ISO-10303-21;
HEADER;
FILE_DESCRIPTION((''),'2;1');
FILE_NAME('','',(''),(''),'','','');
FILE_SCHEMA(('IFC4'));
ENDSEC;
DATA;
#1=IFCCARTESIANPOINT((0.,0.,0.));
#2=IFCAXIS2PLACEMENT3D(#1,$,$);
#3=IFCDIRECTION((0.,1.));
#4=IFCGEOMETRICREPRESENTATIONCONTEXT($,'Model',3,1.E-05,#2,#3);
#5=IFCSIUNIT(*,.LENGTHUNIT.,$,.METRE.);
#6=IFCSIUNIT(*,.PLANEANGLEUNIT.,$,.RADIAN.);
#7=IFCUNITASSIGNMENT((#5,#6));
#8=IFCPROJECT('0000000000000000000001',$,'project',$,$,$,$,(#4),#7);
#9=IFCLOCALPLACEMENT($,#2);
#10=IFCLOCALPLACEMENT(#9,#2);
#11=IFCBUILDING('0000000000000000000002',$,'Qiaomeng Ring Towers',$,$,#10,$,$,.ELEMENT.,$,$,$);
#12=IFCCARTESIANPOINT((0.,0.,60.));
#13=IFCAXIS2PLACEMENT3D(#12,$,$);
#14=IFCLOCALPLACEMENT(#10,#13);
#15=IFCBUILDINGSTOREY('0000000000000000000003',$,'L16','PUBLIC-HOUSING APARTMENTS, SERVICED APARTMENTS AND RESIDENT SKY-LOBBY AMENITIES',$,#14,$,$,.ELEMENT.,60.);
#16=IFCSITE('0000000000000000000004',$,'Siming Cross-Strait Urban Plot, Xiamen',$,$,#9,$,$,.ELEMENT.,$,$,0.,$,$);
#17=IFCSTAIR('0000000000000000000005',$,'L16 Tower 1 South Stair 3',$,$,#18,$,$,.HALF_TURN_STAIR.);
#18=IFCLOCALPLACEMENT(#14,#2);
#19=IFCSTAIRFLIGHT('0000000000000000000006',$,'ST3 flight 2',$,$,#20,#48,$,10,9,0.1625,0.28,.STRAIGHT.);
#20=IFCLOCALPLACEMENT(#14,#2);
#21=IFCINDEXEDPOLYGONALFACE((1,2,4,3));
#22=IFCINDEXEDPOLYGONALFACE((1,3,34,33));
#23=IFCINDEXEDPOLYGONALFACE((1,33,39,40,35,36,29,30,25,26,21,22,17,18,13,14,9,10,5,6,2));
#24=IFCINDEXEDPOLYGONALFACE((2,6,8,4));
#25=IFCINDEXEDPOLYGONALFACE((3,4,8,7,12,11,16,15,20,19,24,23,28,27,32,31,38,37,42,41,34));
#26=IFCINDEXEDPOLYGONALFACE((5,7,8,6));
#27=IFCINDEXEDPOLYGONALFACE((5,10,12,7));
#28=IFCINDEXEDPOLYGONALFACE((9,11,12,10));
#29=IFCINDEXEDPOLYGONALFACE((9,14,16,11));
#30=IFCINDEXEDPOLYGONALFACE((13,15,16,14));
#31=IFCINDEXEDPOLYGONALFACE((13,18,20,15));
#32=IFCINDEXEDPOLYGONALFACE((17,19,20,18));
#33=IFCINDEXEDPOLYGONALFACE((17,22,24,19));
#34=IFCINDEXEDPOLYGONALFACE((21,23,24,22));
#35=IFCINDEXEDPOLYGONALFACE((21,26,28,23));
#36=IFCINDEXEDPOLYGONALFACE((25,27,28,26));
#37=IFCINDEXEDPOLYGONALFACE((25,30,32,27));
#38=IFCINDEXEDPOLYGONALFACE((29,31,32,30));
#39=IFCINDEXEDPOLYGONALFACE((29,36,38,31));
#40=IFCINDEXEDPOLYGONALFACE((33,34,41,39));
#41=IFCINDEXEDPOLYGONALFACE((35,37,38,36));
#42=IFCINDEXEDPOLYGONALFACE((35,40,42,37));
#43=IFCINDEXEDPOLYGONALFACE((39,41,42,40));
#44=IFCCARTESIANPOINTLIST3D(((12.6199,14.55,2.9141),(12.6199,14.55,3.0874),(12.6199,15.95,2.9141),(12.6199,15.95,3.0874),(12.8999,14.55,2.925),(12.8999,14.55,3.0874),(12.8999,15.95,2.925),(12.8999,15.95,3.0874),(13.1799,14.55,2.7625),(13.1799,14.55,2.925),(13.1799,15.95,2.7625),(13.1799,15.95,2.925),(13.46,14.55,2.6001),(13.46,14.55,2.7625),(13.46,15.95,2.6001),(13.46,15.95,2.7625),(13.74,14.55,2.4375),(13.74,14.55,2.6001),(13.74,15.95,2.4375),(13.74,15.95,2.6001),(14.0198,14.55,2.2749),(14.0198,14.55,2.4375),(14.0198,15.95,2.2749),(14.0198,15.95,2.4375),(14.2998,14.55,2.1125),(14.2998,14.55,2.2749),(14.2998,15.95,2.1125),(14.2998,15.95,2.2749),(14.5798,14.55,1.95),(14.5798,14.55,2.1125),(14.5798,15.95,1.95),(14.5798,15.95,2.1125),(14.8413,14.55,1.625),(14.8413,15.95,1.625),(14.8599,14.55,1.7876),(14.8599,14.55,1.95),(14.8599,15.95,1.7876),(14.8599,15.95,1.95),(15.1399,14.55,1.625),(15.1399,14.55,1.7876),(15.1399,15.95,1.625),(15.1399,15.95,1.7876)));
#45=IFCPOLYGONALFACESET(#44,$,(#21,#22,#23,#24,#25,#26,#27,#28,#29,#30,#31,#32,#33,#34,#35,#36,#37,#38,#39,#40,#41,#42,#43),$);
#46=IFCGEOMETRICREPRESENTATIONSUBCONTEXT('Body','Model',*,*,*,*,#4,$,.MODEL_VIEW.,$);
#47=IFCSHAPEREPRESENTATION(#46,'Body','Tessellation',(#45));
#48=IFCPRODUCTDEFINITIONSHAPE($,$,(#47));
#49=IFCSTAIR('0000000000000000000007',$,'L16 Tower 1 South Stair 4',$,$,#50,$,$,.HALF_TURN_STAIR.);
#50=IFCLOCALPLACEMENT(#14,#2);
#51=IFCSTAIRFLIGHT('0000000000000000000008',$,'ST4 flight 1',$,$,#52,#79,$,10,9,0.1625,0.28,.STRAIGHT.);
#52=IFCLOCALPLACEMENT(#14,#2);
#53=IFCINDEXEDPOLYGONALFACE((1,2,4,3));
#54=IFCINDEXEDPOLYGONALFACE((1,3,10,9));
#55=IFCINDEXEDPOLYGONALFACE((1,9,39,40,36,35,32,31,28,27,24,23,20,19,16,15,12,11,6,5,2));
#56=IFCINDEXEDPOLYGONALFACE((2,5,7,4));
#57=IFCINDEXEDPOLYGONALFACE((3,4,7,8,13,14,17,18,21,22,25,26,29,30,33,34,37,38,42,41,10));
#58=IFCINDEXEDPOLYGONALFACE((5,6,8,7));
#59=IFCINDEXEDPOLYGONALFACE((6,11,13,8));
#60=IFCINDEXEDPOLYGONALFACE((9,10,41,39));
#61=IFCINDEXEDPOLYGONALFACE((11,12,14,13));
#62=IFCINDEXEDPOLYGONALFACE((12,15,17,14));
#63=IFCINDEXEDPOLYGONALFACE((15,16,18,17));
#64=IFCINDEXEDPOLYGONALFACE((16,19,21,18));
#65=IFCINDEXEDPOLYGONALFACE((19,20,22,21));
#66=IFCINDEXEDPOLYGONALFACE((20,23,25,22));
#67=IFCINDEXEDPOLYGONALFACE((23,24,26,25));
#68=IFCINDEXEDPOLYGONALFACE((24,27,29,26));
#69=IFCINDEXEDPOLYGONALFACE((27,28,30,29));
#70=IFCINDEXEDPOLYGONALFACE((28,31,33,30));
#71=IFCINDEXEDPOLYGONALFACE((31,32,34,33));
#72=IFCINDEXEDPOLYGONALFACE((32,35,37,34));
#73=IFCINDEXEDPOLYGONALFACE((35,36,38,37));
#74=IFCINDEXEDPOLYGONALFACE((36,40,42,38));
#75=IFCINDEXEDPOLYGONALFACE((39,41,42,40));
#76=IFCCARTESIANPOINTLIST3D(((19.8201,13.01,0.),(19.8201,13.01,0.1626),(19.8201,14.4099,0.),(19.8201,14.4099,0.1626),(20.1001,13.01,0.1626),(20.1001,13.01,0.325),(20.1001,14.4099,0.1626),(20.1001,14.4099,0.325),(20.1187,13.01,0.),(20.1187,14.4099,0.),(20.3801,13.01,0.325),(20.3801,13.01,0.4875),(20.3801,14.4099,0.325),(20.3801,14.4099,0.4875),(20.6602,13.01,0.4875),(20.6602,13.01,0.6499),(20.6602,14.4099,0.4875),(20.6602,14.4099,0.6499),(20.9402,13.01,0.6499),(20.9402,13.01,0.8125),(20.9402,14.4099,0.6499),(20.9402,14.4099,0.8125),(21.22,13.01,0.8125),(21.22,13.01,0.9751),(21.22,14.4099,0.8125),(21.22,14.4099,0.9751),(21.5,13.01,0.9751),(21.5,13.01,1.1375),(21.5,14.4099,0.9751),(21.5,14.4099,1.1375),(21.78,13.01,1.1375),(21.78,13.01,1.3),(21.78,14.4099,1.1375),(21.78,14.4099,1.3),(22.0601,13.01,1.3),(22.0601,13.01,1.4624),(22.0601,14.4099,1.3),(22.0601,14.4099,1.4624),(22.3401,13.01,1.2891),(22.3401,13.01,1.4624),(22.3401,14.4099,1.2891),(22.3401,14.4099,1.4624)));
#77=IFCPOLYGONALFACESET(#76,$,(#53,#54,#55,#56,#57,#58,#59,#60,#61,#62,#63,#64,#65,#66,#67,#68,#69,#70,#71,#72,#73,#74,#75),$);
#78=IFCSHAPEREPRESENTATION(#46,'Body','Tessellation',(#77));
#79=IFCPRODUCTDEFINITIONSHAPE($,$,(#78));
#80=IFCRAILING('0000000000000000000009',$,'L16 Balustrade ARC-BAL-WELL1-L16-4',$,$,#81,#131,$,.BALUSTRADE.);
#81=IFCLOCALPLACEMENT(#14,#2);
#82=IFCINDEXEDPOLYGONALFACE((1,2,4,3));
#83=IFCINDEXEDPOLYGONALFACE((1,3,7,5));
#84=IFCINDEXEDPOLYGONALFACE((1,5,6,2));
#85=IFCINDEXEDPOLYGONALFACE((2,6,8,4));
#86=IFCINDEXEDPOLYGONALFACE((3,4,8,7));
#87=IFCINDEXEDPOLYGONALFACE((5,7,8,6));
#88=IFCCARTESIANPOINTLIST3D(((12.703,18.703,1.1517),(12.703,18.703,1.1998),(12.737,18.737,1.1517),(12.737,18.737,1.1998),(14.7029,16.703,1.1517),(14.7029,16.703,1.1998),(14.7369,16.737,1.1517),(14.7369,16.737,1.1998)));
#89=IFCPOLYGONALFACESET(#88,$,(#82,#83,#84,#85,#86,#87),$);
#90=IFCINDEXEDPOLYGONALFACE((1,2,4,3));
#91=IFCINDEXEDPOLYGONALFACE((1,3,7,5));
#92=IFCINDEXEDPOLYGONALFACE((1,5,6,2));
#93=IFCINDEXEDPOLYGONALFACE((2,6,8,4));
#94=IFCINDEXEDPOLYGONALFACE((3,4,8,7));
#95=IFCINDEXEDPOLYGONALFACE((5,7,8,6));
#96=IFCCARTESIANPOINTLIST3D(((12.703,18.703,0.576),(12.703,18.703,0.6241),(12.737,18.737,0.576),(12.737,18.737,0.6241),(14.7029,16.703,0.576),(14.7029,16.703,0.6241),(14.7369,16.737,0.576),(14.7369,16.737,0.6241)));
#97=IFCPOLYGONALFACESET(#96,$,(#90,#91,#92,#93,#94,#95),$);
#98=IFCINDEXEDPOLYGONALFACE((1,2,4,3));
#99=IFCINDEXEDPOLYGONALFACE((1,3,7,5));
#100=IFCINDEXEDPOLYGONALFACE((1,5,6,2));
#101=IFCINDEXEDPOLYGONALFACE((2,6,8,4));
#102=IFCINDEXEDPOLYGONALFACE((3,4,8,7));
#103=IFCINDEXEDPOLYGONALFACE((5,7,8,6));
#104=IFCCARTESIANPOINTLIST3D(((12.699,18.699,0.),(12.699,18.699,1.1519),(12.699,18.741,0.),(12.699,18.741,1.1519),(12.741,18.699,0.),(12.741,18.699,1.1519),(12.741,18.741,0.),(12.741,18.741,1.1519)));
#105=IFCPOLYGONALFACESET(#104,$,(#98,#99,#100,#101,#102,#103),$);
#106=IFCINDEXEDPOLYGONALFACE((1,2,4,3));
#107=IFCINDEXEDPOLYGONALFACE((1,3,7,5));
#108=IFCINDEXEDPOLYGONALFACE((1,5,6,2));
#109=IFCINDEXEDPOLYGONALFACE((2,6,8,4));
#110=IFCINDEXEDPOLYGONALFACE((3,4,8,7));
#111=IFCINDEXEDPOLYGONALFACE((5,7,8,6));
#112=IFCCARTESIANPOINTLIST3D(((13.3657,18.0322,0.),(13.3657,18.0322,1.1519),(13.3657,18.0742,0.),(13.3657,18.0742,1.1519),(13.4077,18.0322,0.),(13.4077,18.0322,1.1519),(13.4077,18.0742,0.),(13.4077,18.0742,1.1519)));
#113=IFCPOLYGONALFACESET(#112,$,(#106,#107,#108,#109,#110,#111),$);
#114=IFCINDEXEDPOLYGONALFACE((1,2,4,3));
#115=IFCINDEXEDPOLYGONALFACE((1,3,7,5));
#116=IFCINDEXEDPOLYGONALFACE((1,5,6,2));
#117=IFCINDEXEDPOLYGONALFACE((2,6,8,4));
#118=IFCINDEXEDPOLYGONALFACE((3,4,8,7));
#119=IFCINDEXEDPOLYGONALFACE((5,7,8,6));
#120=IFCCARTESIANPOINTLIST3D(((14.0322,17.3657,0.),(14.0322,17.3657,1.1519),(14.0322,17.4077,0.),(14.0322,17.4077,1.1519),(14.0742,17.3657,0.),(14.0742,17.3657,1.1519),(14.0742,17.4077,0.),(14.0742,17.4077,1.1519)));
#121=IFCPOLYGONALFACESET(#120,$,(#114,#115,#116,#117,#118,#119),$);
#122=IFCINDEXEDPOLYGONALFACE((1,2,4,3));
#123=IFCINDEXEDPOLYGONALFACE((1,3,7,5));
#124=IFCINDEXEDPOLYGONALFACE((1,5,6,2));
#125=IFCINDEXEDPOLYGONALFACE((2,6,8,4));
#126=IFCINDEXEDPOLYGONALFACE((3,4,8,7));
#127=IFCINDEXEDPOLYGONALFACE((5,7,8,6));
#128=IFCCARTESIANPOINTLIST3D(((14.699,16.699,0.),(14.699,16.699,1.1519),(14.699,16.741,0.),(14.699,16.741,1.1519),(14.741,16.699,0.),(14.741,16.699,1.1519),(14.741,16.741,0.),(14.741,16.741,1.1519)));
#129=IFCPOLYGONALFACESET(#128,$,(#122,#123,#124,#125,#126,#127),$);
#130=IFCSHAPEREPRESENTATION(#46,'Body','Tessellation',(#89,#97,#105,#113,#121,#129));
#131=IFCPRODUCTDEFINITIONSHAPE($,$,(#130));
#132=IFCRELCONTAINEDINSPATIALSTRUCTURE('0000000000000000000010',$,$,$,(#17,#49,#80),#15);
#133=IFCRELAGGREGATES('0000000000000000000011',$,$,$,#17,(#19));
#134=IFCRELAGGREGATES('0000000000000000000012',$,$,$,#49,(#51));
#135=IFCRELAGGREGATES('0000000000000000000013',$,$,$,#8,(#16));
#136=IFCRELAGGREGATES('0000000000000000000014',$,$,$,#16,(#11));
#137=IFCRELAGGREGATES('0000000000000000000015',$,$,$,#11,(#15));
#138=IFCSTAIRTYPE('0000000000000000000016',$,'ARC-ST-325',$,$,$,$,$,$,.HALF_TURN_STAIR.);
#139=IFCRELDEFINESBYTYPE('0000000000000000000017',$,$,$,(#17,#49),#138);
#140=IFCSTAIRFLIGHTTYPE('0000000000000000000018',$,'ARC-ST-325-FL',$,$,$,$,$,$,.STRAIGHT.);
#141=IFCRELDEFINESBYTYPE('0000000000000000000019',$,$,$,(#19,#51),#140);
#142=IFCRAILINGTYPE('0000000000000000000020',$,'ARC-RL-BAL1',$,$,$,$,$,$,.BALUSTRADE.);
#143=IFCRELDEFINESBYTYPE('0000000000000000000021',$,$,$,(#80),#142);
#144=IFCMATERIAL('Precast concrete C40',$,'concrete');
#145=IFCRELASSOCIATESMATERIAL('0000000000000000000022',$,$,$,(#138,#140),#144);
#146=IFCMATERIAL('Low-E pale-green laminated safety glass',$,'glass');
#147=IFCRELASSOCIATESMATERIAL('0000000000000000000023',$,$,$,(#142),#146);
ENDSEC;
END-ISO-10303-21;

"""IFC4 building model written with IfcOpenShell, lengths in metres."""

from ifc_helpers import new_model, si_unit, direction, frame, origin, origin_2d, place, context, subcontext, project, spatial, polyline, rectangle, outline, extrude, source, transform, mapped, material, type_object, element, aggregate, save


model = new_model("IFC4")

# Units and contexts
model_context = context("Model", 3, precision=1e-05, world=origin(), true_north=direction((0.0, 1.0)))
body_context = subcontext(model_context, "Body", "Model", "MODEL_VIEW")
ifc_project = project(units=[si_unit("LENGTHUNIT", "METRE"), si_unit("PLANEANGLEUNIT", "RADIAN")], contexts=[model_context])

# Site, building, storey
site_placement = place(None, origin())
site = spatial("IfcSite", under=ifc_project, at=site_placement, Name="Siming Cross-Strait Urban Plot, Xiamen", CompositionType="ELEMENT", RefElevation=0.0)
building_placement = place(site_placement, origin())
building = spatial("IfcBuilding", under=site, at=building_placement, Name="Qiaomeng Ring Towers", CompositionType="ELEMENT")
storey_placement = place(building_placement, frame((0.0, 0.0, 60.0)))
storey = spatial("IfcBuildingStorey", under=building, at=storey_placement, Name="L16", Description="PUBLIC-HOUSING APARTMENTS, SERVICED APARTMENTS AND RESIDENT SKY-LOBBY AMENITIES", CompositionType="ELEMENT", Elevation=60.0)

# Stair, stair flight
ifc_material_1 = material(Name="Precast concrete C40", Category="concrete")
stair_type = type_object("IfcStairType", Name="ARC-ST-325", PredefinedType="HALF_TURN_STAIR", material=ifc_material_1)
stair_1_placement = place(storey_placement, origin())
stair_1 = element("IfcStair", 1, at=stair_1_placement, inside=storey, type_object=stair_type, Name="L16 Tower 1 South Stair 3", PredefinedType="HALF_TURN_STAIR")
stair_flight_type = type_object("IfcStairFlightType", Name="ARC-ST-325-FL", PredefinedType="STRAIGHT", material=ifc_material_1)
shared_shape_1 = source(origin(), body_context, "Body", "SweptSolid", [
    extrude(outline(polyline([(0.0, 0.0), (0.0, 0.1626), (0.28, 0.1626), (0.28, 0.325), (0.5601, 0.325), (0.5601, 0.4875), (0.8401, 0.4875), (0.8401, 0.6499), (1.1201, 0.6499), (1.1201, 0.8125), (1.3999, 0.8125), (1.3999, 0.9751), (1.6799, 0.9751), (1.6799, 1.1375), (1.96, 1.1375), (1.96, 1.3), (2.24, 1.3), (2.24, 1.4624), (2.52, 1.4624), (2.52, 1.625), (2.52, 1.2891), (0.2986, 0.0), (0.0, 0.0)])), frame((0.0, 0.7, 0.0), z_axis=(0.0, -1.0, 0.0), x_axis=(1.0, 0.0, 0.0)), (0.0, 0.0, 1.0), 1.3999),
])
stair_flight_1_placement = place(storey_placement, frame((15.1399, 15.25, 1.625), z_axis=(0.0, 0.0, 1.0), x_axis=(-1.0, 0.0, 0.0)))
stair_flight_1 = element("IfcStairFlight", 2, at=stair_flight_1_placement, type_object=stair_flight_type, Name="ST3 flight 2", NumberOfRisers=10, NumberOfTreads=9, PredefinedType="STRAIGHT", RiserHeight=0.1625, TreadLength=0.28, context=body_context, shape_type="MappedRepresentation", body=[
    mapped(shared_shape_1, transform((0.0, 0.0, 0.0), x_axis=(1.0, 0.0, 0.0), y_axis=(0.0, 1.0, 0.0), z_axis=(0.0, 0.0, 1.0), scale=1.0)),
])
aggregate(stair_1, [stair_flight_1])

# Stair, stair flight
stair_2_placement = place(storey_placement, origin())
stair_2 = element("IfcStair", 3, at=stair_2_placement, inside=storey, type_object=stair_type, Name="L16 Tower 1 South Stair 4", PredefinedType="HALF_TURN_STAIR")
stair_flight_2_placement = place(storey_placement, frame((19.8201, 13.71, 0.0), z_axis=(0.0, 0.0, 1.0), x_axis=(1.0, 0.0, 0.0)))
stair_flight_2 = element("IfcStairFlight", 4, at=stair_flight_2_placement, type_object=stair_flight_type, Name="ST4 flight 1", NumberOfRisers=10, NumberOfTreads=9, PredefinedType="STRAIGHT", RiserHeight=0.1625, TreadLength=0.28, context=body_context, shape_type="MappedRepresentation", body=[
    mapped(shared_shape_1, transform((0.0, 0.0, 0.0), x_axis=(1.0, 0.0, 0.0), y_axis=(0.0, 1.0, 0.0), z_axis=(0.0, 0.0, 1.0), scale=1.0)),
])
aggregate(stair_2, [stair_flight_2])

# Railing
ifc_material_2 = material(Name="Low-E pale-green laminated safety glass", Category="glass")
railing_type_1 = type_object("IfcRailingType", Name="ARC-RL-BAL1", PredefinedType="BALUSTRADE", material=ifc_material_2)
railing_1_placement = place(storey_placement, frame((12.72, 18.72, 0.0)))
element("IfcRailing", 5, at=railing_1_placement, inside=storey, type_object=railing_type_1, Name="L16 Balustrade ARC-BAL-WELL1-L16-4", PredefinedType="BALUSTRADE", context=body_context, shape_type="SweptSolid", body=[
    extrude(rectangle(XDim=0.0481, YDim=0.0481, at=origin_2d()), frame((0.0, 0.0, 1.1758), z_axis=(0.707107, -0.707107, 0.0), x_axis=(0.707107, 0.707107, 0.0)), (0.0, 0.0, 1.0), 2.8284),
    extrude(rectangle(XDim=0.0481, YDim=0.0481, at=origin_2d()), frame((0.0, 0.0, 0.6001), z_axis=(0.707107, -0.707107, 0.0), x_axis=(0.707107, 0.707107, 0.0)), (0.0, 0.0, 1.0), 2.8284),
    extrude(rectangle(XDim=0.042, YDim=0.042, at=origin_2d()), origin(), (0.0, 0.0, 1.0), 1.1519),
    extrude(rectangle(XDim=0.042, YDim=0.042, at=origin_2d()), frame((0.6667, -0.6667, 0.0)), (0.0, 0.0, 1.0), 1.1519),
    extrude(rectangle(XDim=0.042, YDim=0.042, at=origin_2d()), frame((1.3333, -1.3333, 0.0)), (0.0, 0.0, 1.0), 1.1519),
    extrude(rectangle(XDim=0.042, YDim=0.042, at=origin_2d()), frame((2.0, -2.0, 0.0)), (0.0, 0.0, 1.0), 1.1519),
])

save(model, "model.ifc")
